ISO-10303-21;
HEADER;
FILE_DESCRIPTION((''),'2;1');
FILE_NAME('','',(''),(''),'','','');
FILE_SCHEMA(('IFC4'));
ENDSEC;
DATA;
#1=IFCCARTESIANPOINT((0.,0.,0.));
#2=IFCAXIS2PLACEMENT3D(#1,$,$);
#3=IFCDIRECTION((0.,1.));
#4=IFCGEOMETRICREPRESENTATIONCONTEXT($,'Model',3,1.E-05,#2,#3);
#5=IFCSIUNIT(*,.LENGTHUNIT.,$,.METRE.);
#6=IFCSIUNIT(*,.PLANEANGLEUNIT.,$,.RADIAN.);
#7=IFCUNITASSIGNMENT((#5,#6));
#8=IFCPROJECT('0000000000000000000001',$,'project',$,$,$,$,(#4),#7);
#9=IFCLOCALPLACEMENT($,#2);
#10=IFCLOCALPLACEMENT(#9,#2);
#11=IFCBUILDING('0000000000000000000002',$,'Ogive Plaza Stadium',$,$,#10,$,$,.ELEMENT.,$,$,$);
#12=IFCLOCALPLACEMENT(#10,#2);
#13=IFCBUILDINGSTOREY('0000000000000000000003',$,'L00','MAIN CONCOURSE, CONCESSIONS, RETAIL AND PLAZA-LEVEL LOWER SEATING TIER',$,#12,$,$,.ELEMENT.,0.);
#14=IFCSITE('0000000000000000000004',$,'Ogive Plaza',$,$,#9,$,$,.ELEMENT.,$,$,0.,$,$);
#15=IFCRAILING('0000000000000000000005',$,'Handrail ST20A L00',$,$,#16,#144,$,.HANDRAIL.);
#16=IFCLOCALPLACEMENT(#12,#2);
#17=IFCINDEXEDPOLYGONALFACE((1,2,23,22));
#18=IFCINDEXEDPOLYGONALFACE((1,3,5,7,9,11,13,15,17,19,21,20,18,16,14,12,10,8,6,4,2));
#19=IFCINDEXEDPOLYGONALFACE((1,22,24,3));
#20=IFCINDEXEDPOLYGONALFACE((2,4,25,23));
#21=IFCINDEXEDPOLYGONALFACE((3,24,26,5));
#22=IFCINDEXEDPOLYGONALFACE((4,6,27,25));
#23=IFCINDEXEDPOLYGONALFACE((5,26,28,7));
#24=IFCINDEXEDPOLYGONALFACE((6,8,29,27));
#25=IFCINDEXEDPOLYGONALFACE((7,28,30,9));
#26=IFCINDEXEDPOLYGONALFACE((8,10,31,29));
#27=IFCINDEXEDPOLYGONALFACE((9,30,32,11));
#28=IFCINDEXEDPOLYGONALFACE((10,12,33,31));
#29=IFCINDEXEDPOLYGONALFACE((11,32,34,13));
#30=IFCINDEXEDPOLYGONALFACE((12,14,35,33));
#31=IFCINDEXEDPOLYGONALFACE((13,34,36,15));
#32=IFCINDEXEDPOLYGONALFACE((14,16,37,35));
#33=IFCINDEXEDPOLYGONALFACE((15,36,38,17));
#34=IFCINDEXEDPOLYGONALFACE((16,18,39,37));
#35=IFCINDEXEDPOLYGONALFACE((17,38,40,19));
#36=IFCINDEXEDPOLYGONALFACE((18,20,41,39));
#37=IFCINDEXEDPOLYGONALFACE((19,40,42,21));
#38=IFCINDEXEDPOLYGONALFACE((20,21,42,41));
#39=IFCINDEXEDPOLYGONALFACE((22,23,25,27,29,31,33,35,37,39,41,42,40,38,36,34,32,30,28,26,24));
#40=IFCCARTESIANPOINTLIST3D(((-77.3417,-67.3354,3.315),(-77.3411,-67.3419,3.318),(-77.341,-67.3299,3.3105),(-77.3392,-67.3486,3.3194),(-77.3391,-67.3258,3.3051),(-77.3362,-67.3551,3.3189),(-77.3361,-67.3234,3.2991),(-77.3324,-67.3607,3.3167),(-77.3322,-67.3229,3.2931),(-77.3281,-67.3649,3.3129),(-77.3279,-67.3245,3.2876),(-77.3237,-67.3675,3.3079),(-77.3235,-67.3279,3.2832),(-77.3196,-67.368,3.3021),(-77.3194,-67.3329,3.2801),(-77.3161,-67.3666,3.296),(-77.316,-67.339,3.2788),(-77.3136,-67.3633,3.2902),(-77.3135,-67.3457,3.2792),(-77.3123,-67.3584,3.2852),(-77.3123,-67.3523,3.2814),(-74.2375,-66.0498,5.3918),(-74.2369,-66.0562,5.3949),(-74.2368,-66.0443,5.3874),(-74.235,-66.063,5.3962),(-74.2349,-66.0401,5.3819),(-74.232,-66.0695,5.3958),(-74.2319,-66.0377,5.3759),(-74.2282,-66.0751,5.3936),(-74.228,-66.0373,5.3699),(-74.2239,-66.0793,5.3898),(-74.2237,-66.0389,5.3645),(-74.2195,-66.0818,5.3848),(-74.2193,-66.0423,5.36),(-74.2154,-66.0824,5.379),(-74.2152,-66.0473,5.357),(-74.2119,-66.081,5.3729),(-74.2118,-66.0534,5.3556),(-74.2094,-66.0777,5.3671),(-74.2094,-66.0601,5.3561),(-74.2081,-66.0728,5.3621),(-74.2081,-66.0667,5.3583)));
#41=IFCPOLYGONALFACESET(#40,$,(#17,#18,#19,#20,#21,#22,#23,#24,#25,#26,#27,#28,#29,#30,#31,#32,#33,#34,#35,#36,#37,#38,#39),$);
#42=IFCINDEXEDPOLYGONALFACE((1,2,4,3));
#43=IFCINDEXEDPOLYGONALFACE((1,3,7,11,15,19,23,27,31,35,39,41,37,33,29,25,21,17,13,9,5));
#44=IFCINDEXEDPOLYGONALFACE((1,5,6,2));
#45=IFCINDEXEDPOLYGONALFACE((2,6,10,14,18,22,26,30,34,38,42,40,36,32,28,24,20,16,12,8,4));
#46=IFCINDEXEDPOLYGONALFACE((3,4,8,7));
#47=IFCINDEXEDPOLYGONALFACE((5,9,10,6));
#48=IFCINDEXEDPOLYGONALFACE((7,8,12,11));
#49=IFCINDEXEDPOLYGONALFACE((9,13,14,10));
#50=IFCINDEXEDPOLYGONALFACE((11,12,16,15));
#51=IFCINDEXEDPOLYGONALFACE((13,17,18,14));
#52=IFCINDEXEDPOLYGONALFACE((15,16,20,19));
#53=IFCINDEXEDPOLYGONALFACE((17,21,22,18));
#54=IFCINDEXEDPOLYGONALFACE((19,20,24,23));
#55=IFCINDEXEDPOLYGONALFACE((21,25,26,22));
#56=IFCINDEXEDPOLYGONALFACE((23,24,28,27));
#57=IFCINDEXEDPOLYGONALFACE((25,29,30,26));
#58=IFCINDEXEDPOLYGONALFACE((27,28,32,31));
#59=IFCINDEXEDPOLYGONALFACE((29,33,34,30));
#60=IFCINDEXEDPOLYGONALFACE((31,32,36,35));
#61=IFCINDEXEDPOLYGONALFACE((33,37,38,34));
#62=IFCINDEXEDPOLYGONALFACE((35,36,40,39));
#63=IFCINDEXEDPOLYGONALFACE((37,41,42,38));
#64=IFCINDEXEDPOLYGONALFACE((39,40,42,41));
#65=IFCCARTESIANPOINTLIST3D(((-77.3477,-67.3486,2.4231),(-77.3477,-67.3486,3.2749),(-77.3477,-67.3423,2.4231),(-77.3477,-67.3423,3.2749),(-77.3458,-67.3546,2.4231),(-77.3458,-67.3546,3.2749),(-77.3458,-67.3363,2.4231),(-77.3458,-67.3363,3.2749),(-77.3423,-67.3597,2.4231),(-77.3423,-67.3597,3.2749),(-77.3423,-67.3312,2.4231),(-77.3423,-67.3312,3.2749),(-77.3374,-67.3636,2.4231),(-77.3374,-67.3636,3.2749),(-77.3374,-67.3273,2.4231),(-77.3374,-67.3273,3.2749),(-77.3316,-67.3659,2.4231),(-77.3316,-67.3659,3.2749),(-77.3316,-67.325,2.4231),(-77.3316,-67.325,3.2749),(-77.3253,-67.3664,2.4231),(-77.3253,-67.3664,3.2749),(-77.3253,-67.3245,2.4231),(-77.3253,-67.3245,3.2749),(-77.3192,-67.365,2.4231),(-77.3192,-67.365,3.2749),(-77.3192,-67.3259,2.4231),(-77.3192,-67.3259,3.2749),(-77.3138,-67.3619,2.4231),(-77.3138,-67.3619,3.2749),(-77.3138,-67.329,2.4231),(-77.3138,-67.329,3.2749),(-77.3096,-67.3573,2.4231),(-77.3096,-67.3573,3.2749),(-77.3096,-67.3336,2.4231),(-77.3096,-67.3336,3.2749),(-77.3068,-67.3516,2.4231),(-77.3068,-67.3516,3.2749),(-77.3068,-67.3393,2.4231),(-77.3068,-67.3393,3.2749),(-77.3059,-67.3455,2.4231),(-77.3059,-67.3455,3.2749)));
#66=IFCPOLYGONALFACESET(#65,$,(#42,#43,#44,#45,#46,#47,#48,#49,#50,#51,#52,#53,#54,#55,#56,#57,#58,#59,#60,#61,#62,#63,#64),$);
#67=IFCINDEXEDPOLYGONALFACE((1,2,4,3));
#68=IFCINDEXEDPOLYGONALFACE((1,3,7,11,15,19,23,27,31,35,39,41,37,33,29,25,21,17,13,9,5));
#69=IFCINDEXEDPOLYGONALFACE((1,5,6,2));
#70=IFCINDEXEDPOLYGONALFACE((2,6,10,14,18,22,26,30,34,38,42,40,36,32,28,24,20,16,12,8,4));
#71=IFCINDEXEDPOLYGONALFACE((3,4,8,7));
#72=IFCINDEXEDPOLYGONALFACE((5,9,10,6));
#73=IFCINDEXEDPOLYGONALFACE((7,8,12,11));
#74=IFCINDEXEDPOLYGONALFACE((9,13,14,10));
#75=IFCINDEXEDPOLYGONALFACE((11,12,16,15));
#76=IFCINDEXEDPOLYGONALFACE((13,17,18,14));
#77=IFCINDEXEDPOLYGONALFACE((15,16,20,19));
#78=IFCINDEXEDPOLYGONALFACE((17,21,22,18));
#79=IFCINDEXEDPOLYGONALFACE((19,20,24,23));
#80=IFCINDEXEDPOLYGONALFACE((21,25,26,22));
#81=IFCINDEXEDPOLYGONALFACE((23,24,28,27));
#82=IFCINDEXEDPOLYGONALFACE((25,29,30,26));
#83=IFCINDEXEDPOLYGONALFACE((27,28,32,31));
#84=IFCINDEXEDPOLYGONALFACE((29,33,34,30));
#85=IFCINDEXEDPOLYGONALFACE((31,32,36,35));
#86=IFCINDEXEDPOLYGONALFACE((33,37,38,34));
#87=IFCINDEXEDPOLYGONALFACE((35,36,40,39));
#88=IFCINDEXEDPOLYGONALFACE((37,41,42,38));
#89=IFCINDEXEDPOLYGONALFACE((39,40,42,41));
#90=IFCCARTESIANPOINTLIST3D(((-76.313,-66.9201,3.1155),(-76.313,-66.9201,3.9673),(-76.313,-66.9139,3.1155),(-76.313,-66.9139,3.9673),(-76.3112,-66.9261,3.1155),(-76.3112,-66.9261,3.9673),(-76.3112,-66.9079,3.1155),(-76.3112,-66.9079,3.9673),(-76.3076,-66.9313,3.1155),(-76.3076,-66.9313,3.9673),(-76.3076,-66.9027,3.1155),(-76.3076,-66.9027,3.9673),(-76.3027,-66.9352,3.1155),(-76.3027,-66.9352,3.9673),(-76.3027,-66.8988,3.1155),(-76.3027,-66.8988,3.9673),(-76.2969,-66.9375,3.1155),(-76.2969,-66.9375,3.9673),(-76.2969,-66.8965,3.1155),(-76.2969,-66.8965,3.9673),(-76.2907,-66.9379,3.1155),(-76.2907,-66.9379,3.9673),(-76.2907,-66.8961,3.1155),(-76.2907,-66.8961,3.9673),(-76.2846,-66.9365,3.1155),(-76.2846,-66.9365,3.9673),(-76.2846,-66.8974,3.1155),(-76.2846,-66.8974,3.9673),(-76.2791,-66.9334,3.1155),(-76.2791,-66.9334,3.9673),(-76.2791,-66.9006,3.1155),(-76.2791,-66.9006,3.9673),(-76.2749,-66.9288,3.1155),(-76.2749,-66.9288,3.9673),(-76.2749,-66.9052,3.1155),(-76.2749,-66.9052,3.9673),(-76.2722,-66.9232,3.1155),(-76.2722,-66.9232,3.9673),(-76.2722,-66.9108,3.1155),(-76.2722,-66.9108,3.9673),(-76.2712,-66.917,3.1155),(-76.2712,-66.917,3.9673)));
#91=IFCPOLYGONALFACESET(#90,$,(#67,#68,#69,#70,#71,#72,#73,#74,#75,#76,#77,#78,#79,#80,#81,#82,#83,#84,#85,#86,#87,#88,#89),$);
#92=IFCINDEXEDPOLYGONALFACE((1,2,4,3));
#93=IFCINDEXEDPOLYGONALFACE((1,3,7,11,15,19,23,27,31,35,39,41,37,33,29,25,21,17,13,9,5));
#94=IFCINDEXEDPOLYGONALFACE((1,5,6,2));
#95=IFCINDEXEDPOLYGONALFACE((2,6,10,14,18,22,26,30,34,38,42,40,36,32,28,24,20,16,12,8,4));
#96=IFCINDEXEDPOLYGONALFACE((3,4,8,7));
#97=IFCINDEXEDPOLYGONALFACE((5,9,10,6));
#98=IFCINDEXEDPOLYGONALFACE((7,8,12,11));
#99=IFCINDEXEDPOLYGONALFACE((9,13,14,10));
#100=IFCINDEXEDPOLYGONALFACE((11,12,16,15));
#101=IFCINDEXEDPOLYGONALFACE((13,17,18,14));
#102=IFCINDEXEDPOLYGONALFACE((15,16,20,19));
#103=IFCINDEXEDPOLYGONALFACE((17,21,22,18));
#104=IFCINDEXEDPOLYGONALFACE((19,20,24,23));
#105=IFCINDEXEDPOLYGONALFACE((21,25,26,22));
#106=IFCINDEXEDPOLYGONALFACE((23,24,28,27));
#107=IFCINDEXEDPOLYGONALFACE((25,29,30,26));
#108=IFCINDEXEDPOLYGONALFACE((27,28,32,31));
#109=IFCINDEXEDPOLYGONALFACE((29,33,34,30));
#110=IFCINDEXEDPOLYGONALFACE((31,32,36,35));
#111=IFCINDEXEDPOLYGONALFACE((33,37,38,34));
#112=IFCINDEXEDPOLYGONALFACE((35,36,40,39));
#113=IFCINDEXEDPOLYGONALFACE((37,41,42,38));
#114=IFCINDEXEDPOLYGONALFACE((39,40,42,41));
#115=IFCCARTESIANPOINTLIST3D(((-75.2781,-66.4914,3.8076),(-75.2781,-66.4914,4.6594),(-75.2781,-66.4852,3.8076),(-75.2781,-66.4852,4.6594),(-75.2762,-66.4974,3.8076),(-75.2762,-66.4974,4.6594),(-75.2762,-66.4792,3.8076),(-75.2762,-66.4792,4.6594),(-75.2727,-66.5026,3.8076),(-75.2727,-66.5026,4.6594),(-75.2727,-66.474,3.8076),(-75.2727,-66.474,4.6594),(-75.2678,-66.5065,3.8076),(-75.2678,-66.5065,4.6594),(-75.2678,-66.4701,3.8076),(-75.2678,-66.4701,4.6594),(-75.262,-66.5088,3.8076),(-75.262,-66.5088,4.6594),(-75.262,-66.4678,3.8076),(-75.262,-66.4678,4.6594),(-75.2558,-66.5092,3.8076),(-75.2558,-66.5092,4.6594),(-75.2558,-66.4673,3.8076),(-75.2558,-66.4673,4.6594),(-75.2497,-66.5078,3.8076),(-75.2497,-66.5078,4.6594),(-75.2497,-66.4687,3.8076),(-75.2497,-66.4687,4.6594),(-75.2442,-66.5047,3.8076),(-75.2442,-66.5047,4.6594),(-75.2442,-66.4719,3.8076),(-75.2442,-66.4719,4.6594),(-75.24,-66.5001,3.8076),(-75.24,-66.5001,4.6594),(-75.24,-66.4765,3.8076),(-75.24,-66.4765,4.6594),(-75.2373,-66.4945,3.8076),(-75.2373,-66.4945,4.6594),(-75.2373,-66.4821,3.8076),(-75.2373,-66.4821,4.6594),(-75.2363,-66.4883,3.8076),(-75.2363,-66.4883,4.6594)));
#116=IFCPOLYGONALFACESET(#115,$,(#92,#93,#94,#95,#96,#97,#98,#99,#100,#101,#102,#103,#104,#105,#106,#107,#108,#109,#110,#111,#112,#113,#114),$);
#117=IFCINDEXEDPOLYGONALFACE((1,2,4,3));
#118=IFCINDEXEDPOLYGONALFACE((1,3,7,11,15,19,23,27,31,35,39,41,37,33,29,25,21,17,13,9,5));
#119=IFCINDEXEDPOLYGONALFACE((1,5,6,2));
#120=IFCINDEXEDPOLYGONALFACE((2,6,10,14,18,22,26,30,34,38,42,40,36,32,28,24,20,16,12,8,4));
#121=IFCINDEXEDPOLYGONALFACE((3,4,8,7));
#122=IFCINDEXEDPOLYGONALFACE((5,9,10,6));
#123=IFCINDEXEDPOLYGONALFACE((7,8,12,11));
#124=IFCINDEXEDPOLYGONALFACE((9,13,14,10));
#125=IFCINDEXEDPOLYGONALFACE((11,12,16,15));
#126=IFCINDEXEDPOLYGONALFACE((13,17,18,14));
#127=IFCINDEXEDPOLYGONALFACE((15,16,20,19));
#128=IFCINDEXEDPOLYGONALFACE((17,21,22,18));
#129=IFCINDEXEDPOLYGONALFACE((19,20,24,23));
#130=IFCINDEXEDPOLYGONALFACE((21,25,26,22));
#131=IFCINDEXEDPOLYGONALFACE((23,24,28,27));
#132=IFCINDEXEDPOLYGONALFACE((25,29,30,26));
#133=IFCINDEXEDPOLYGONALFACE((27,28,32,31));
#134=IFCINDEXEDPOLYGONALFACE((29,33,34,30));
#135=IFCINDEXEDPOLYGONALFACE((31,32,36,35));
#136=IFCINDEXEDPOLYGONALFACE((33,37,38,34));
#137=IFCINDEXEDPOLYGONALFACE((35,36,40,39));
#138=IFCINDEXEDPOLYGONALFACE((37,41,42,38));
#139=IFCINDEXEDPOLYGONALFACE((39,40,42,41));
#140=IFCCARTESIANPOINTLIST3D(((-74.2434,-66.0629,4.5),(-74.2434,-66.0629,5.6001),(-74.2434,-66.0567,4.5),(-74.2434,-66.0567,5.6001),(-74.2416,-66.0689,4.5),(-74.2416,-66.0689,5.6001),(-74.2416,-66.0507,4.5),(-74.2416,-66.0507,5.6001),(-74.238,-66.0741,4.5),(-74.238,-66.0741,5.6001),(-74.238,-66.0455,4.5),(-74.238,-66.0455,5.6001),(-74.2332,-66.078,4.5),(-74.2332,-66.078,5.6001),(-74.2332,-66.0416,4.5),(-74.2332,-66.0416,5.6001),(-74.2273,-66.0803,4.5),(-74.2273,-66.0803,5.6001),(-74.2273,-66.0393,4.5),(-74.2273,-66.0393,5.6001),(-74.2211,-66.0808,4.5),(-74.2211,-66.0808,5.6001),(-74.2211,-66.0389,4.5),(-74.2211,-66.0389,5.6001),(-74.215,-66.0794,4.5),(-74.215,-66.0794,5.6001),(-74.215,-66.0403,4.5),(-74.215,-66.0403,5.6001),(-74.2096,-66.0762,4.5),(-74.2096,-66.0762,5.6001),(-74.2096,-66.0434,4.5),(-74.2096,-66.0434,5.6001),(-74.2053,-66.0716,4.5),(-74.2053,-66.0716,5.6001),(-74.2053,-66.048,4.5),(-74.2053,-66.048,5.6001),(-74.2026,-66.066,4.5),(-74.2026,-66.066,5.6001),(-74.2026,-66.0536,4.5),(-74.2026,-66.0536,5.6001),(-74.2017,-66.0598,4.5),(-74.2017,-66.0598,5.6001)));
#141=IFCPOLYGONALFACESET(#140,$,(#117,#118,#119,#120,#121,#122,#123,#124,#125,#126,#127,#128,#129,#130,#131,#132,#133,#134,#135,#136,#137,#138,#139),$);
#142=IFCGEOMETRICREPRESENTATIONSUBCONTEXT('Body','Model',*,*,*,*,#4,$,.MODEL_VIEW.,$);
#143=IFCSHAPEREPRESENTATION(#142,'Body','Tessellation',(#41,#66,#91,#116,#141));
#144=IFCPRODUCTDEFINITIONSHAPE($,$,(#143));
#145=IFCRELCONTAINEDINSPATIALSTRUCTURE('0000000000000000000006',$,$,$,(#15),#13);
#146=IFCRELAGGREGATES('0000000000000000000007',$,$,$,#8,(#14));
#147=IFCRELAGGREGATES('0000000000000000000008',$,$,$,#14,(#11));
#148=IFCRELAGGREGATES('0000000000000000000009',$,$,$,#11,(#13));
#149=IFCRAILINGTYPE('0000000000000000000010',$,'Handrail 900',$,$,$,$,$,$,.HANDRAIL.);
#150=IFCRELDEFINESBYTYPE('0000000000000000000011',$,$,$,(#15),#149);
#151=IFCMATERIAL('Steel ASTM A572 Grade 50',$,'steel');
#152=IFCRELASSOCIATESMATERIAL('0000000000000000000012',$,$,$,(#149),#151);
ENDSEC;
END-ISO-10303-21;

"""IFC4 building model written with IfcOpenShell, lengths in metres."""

from ifc_helpers import new_model, si_unit, direction, frame, origin, origin_2d, place, context, subcontext, project, spatial, circle, extrude, material, type_object, element, save


model = new_model("IFC4")

# Units and contexts
model_context = context("Model", 3, precision=1e-05, world=origin(), true_north=direction((0.0, 1.0)))
body_context = subcontext(model_context, "Body", "Model", "MODEL_VIEW")
ifc_project = project(units=[si_unit("LENGTHUNIT", "METRE"), si_unit("PLANEANGLEUNIT", "RADIAN")], contexts=[model_context])

# Site, building, storey
site_placement = place(None, origin())
site = spatial("IfcSite", under=ifc_project, at=site_placement, Name="Ogive Plaza", CompositionType="ELEMENT", RefElevation=0.0)
building_placement = place(site_placement, origin())
building = spatial("IfcBuilding", under=site, at=building_placement, Name="Ogive Plaza Stadium", CompositionType="ELEMENT")
storey_placement = place(building_placement, origin())
storey = spatial("IfcBuildingStorey", under=building, at=storey_placement, Name="L00", Description="MAIN CONCOURSE, CONCESSIONS, RETAIL AND PLAZA-LEVEL LOWER SEATING TIER", CompositionType="ELEMENT", Elevation=0.0)

# Railing
ifc_material_1 = material(Name="Steel ASTM A572 Grade 50", Category="steel")
railing_type_1 = type_object("IfcRailingType", Name="Handrail 900", PredefinedType="HANDRAIL", material=ifc_material_1)
railing_1_placement = place(storey_placement, frame((-77.3269, -67.3455, 2.4231)))
element("IfcRailing", 1, at=railing_1_placement, inside=storey, type_object=railing_type_1, Name="Handrail ST20A L00", PredefinedType="HANDRAIL", context=body_context, shape_type="SweptSolid", body=[
    extrude(circle(Radius=0.0239, at=origin_2d()), frame((0.0, 0.0, 0.876), z_axis=(0.785879, 0.325477, 0.525794), x_axis=(-0.382638, 0.923898, 0.0)), (0.0, 0.0, 1.0), 3.95),
    extrude(circle(Radius=0.021, at=origin_2d()), origin(), (0.0, 0.0, 1.0), 0.8518),
    extrude(circle(Radius=0.021, at=origin_2d()), frame((1.0347, 0.4285, 0.6924)), (0.0, 0.0, 1.0), 0.8518),
    extrude(circle(Radius=0.021, at=origin_2d()), frame((2.0696, 0.8572, 1.3845)), (0.0, 0.0, 1.0), 0.8518),
    extrude(circle(Radius=0.021, at=origin_2d()), frame((3.1042, 1.2856, 2.0769)), (0.0, 0.0, 1.0), 1.1001),
])

save(model, "model.ifc")
